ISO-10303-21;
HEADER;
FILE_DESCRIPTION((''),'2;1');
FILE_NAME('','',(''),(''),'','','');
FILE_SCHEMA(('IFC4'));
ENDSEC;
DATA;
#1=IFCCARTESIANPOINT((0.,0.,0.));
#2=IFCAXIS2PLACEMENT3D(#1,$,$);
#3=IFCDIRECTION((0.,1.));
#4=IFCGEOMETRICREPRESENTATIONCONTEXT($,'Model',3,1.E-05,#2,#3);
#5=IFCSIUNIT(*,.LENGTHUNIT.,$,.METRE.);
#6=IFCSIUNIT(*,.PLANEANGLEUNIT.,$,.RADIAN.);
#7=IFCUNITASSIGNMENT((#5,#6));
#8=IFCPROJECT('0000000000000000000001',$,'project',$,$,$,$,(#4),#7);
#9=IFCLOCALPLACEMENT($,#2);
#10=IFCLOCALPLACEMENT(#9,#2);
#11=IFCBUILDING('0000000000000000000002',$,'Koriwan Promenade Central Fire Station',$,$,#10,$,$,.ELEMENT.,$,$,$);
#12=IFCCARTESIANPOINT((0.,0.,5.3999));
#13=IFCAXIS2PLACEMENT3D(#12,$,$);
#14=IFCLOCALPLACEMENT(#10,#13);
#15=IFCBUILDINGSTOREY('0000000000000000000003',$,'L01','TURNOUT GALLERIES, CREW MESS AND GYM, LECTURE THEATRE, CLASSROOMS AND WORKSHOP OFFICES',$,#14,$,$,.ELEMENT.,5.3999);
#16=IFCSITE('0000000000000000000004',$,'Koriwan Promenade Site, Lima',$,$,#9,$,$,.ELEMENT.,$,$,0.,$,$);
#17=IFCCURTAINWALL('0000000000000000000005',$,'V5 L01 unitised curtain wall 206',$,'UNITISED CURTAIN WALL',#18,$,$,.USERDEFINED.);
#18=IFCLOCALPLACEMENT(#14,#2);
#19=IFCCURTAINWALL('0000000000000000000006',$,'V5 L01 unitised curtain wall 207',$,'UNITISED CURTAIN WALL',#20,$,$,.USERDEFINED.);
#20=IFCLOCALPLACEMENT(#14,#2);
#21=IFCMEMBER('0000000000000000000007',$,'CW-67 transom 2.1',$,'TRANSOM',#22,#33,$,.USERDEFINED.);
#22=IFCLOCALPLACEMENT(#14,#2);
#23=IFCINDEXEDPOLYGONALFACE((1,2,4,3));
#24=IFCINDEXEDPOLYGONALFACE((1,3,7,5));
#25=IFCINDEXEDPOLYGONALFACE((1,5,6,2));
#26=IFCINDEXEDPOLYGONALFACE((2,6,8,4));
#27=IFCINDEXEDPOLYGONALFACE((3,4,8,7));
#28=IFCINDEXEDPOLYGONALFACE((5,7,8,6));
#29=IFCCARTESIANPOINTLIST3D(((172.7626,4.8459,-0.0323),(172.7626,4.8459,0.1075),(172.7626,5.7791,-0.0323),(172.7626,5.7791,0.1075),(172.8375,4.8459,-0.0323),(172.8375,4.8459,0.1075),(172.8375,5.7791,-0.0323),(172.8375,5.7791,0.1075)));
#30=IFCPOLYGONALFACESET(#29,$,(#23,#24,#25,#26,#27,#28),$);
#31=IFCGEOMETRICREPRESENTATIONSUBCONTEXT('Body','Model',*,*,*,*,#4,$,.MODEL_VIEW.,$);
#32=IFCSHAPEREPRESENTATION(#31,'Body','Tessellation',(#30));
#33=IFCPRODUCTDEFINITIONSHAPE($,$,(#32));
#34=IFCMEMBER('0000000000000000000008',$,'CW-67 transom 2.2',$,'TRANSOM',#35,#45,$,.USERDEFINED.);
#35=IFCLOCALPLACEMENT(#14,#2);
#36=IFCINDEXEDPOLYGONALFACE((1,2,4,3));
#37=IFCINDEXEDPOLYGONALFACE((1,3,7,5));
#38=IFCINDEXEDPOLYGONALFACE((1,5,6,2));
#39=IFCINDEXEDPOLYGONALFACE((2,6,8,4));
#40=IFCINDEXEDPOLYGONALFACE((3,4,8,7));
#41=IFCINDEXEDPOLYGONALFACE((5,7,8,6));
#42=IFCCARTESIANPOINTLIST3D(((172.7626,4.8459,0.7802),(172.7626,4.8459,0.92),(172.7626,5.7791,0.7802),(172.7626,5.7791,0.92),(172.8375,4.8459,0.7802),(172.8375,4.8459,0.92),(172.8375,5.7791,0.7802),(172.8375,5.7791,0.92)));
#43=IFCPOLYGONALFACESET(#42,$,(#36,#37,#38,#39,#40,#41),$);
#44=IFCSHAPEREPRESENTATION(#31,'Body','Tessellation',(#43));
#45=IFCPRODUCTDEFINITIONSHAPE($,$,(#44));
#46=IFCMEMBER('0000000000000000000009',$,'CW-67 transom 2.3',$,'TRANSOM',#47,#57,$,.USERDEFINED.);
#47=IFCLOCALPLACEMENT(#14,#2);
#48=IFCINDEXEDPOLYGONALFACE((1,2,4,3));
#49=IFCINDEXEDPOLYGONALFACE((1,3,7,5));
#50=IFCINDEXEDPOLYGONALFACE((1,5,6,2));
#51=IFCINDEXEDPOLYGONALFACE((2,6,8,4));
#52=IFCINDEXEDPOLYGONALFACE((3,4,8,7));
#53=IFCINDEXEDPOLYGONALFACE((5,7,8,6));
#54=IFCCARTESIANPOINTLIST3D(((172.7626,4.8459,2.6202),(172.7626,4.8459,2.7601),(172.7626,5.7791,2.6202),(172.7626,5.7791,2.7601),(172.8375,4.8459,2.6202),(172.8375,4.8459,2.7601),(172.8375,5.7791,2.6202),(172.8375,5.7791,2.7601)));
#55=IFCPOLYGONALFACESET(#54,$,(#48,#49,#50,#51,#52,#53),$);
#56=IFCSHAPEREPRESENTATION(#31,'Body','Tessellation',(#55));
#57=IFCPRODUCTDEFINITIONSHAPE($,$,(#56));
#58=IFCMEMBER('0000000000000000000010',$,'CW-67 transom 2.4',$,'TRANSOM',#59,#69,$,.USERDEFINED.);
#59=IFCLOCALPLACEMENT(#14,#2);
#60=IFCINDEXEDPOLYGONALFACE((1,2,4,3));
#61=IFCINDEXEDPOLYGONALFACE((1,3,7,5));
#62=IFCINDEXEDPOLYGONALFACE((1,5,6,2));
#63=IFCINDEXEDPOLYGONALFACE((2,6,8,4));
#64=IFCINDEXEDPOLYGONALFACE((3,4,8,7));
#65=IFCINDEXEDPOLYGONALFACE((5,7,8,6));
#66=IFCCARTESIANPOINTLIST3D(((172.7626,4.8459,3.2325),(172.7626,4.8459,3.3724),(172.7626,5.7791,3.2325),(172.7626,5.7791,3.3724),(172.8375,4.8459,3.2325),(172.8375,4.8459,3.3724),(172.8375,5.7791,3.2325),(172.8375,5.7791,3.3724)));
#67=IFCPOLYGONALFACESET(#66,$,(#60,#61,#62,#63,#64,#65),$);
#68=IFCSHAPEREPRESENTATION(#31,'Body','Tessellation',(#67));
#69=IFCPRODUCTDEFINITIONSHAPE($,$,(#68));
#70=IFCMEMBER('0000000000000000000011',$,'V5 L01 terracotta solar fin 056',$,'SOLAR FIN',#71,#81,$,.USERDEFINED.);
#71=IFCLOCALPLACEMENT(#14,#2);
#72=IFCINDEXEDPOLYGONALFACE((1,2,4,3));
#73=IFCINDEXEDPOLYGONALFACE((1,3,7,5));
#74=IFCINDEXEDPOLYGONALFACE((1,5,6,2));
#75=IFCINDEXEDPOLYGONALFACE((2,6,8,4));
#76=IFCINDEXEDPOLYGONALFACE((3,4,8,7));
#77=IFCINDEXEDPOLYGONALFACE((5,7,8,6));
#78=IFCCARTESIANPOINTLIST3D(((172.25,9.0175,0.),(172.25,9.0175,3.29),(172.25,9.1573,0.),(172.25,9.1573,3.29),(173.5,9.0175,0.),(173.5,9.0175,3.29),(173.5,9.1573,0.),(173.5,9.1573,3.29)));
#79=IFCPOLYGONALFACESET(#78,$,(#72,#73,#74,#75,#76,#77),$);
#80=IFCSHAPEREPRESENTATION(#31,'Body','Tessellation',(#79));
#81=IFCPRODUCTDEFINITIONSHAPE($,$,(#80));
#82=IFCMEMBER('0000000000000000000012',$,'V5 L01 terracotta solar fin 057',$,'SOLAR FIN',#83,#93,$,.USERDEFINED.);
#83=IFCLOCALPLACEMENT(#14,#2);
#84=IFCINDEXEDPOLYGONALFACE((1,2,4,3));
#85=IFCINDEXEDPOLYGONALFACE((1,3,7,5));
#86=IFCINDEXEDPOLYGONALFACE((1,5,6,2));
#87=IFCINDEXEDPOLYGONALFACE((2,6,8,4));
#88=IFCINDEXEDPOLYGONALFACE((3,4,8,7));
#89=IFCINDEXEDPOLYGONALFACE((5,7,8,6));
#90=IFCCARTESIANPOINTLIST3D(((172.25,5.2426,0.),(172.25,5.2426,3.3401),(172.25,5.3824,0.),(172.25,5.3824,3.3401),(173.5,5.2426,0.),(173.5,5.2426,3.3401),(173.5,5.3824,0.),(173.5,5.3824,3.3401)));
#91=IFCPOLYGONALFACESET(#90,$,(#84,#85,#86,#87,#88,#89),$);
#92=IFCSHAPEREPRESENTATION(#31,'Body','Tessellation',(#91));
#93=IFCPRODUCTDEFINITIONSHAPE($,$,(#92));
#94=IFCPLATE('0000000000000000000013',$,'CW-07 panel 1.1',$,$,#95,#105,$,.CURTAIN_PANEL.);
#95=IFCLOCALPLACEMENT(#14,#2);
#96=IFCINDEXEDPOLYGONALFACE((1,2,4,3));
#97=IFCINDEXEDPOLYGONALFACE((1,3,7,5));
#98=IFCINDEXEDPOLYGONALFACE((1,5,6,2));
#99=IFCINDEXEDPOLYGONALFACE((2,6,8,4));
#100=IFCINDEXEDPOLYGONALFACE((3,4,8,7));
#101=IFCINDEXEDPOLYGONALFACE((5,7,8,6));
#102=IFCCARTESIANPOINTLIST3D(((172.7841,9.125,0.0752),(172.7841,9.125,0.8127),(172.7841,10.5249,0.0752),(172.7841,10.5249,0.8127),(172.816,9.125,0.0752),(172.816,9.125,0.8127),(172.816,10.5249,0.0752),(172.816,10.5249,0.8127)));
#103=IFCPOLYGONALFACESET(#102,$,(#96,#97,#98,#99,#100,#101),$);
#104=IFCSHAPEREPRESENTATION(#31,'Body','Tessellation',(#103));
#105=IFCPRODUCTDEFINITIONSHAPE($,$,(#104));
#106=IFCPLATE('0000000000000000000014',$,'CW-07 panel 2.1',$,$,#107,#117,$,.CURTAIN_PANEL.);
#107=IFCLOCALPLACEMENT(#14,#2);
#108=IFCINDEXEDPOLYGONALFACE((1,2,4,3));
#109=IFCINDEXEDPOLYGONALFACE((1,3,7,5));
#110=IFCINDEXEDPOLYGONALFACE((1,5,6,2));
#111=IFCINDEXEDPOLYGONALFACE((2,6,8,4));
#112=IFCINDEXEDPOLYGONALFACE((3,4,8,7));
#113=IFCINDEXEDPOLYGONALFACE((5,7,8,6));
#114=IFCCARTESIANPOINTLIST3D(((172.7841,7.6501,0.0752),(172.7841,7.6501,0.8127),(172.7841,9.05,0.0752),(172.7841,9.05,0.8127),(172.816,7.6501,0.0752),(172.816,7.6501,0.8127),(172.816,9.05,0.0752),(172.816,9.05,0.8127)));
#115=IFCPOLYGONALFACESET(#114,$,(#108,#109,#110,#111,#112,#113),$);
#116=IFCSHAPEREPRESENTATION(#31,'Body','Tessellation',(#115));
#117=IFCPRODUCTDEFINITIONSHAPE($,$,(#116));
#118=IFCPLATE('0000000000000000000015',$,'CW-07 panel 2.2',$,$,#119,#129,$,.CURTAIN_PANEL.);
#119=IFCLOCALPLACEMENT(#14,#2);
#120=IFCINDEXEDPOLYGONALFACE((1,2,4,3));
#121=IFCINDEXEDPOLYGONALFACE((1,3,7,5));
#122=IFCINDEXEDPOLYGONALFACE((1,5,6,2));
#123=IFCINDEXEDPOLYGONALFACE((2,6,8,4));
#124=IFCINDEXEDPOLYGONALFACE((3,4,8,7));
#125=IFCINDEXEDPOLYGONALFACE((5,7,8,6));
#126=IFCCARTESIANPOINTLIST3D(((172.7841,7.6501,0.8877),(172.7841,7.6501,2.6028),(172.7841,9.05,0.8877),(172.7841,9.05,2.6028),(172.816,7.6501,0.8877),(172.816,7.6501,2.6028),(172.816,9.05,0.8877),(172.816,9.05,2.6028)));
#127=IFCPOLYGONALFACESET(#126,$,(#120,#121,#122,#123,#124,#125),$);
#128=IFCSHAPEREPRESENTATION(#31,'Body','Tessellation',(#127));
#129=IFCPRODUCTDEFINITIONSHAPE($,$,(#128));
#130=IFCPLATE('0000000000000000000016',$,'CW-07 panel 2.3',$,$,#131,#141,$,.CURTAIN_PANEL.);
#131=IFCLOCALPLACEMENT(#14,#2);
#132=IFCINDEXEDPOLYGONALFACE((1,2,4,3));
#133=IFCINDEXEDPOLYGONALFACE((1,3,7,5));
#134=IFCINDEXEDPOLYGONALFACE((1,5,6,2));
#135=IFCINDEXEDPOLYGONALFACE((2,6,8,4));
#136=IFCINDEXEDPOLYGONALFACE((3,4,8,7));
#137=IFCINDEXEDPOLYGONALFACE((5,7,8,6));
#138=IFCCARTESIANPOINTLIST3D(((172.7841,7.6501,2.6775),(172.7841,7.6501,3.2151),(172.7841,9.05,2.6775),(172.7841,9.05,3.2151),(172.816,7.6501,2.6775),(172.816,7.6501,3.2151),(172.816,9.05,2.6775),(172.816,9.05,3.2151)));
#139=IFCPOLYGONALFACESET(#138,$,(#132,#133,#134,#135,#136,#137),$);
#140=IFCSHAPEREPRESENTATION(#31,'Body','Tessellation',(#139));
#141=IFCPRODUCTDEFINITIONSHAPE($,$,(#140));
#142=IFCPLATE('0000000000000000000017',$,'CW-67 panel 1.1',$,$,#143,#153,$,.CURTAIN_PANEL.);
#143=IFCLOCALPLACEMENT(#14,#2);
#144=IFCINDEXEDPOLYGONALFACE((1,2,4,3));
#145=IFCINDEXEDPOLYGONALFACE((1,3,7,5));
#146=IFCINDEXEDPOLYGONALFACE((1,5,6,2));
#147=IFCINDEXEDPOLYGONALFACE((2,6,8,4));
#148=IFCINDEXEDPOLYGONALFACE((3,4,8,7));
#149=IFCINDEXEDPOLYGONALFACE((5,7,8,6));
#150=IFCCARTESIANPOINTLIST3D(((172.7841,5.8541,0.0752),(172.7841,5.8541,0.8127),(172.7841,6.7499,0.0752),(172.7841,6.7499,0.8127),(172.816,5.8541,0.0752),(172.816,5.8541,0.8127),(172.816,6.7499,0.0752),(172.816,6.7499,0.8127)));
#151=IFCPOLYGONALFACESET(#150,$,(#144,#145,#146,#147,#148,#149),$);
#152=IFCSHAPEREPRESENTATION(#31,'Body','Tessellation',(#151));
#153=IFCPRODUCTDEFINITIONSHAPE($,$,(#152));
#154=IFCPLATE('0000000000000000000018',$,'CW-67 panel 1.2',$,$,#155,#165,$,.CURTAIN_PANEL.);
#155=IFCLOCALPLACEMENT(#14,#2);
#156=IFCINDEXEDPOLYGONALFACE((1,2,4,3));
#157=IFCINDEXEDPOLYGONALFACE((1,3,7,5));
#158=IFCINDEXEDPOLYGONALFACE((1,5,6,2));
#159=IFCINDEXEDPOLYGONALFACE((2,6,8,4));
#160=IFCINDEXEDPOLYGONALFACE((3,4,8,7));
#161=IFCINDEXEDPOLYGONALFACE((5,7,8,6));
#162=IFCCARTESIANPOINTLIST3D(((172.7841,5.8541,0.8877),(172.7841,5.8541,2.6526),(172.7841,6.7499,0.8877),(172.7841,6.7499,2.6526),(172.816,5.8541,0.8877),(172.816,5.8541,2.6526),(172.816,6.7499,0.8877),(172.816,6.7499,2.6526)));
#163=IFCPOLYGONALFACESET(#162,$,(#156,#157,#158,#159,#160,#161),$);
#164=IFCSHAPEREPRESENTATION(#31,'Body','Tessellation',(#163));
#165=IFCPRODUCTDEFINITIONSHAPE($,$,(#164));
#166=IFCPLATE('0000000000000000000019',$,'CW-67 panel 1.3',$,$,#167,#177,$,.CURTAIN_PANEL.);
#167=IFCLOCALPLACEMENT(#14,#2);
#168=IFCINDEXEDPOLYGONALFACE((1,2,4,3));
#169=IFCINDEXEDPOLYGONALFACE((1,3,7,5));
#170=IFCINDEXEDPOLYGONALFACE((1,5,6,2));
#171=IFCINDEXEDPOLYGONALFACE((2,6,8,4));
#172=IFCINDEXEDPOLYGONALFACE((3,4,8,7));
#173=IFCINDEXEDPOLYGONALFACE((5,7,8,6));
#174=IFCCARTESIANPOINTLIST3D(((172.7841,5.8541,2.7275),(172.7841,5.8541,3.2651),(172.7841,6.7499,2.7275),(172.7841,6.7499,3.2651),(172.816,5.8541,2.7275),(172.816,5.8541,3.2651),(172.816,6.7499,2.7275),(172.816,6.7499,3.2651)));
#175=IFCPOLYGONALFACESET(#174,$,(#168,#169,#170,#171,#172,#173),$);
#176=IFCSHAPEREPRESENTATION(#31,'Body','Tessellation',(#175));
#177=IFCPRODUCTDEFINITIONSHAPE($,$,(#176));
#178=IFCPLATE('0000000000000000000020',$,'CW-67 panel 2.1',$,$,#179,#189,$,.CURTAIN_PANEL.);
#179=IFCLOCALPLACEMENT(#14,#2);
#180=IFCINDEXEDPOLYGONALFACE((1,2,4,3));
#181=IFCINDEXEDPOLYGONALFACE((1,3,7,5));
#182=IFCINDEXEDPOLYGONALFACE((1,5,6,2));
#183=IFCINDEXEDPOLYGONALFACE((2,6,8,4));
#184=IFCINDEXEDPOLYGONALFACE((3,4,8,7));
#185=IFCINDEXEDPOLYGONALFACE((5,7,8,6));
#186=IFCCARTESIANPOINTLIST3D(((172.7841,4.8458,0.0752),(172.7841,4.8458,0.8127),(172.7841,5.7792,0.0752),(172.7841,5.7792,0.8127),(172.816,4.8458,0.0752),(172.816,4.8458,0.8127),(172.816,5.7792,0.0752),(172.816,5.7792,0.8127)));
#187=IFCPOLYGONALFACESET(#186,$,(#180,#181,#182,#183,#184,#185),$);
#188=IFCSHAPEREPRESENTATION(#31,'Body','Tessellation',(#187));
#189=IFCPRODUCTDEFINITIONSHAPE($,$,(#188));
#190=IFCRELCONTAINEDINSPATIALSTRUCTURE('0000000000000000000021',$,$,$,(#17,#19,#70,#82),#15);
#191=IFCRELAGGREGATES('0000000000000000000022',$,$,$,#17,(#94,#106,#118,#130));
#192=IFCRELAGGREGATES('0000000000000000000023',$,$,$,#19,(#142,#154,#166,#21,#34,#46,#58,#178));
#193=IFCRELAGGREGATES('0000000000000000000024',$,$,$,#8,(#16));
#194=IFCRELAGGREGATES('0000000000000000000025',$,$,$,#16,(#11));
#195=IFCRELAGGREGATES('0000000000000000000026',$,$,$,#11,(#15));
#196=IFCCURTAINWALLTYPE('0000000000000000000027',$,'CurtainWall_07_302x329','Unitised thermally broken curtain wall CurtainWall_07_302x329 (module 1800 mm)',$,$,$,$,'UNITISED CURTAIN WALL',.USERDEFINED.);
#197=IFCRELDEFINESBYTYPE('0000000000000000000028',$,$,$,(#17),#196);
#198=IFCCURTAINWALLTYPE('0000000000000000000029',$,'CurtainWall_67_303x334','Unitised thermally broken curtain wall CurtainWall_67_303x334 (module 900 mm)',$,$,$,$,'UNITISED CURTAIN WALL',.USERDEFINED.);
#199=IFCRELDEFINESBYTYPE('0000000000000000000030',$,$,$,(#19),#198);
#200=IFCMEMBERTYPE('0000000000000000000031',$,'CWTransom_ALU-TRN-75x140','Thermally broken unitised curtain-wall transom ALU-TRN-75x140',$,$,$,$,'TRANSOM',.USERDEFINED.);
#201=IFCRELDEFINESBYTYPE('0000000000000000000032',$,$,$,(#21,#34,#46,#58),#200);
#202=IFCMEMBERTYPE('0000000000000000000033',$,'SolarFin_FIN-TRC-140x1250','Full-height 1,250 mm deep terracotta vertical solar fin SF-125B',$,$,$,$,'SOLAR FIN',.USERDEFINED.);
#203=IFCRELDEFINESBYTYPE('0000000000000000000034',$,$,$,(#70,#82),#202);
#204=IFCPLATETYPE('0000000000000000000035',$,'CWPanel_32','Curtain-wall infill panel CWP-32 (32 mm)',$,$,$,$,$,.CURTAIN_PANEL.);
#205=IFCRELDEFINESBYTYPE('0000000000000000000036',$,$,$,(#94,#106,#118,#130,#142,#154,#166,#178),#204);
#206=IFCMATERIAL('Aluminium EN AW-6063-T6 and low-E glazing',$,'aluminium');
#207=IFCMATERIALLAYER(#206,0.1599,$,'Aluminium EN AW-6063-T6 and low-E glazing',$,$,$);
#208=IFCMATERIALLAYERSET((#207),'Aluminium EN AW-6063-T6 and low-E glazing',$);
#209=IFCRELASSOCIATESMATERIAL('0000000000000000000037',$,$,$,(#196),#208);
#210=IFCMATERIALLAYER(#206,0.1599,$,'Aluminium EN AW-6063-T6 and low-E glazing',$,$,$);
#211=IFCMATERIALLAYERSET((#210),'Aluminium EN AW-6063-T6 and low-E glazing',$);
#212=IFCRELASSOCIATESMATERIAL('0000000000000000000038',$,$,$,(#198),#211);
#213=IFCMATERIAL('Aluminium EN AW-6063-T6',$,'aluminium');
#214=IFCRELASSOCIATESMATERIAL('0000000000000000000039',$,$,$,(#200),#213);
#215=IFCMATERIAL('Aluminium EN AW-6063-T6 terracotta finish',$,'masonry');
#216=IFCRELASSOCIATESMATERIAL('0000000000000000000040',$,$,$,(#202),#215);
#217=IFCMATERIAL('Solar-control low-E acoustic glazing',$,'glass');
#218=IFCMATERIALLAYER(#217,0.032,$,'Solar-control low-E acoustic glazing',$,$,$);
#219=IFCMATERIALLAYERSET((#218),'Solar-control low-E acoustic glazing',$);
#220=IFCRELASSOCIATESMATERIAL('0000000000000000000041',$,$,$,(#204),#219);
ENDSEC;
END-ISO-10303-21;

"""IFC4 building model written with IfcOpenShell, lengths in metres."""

from ifc_helpers import new_model, si_unit, direction, frame, origin, origin_2d, place, context, subcontext, project, spatial, rectangle, extrude, material, layer, layer_set, material_profile, profile_set, type_object, element, aggregate, save


model = new_model("IFC4")

# Units and contexts
model_context = context("Model", 3, precision=1e-05, world=origin(), true_north=direction((0.0, 1.0)))
body_context = subcontext(model_context, "Body", "Model", "MODEL_VIEW")
ifc_project = project(units=[si_unit("LENGTHUNIT", "METRE"), si_unit("PLANEANGLEUNIT", "RADIAN")], contexts=[model_context])

# Site, building, storey
site_placement = place(None, origin())
site = spatial("IfcSite", under=ifc_project, at=site_placement, Name="Koriwan Promenade Site, Lima", CompositionType="ELEMENT", RefElevation=0.0)
building_placement = place(site_placement, origin())
building = spatial("IfcBuilding", under=site, at=building_placement, Name="Koriwan Promenade Central Fire Station", CompositionType="ELEMENT")
storey_placement = place(building_placement, frame((0.0, 0.0, 5.3999)))
storey = spatial("IfcBuildingStorey", under=building, at=storey_placement, Name="L01", Description="TURNOUT GALLERIES, CREW MESS AND GYM, LECTURE THEATRE, CLASSROOMS AND WORKSHOP OFFICES", CompositionType="ELEMENT", Elevation=5.3999)

# Curtain walls
ifc_material_1 = material(Name="Aluminium EN AW-6063-T6 and low-E glazing", Category="aluminium")
ifc_layer_1 = layer(ifc_material_1, 0.1599, Name="Aluminium EN AW-6063-T6 and low-E glazing")
ifc_layer_set_1 = layer_set([ifc_layer_1], Name="Aluminium EN AW-6063-T6 and low-E glazing")
curtain_wall_type_1 = type_object("IfcCurtainWallType", Name="CurtainWall_07_302x329", Description="Unitised thermally broken curtain wall CurtainWall_07_302x329 (module 1800 mm)", ElementType="UNITISED CURTAIN WALL", PredefinedType="USERDEFINED", material=ifc_layer_set_1)
curtain_wall_1_placement = place(storey_placement, origin())
curtain_wall_1 = element("IfcCurtainWall", 1, at=curtain_wall_1_placement, inside=storey, type_object=curtain_wall_type_1, Name="V5 L01 unitised curtain wall 206", ObjectType="UNITISED CURTAIN WALL", PredefinedType="USERDEFINED")
ifc_material_2 = material(Name="Aluminium EN AW-6063-T6", Category="aluminium")
ifc_layer_2 = layer(ifc_material_1, 0.1599, Name="Aluminium EN AW-6063-T6 and low-E glazing")
ifc_layer_set_2 = layer_set([ifc_layer_2], Name="Aluminium EN AW-6063-T6 and low-E glazing")
curtain_wall_type_2 = type_object("IfcCurtainWallType", Name="CurtainWall_67_303x334", Description="Unitised thermally broken curtain wall CurtainWall_67_303x334 (module 900 mm)", ElementType="UNITISED CURTAIN WALL", PredefinedType="USERDEFINED", material=ifc_layer_set_2)
curtain_wall_2_placement = place(storey_placement, origin())
curtain_wall_2 = element("IfcCurtainWall", 2, at=curtain_wall_2_placement, inside=storey, type_object=curtain_wall_type_2, Name="V5 L01 unitised curtain wall 207", ObjectType="UNITISED CURTAIN WALL", PredefinedType="USERDEFINED")

# Members
ifc_material_profile_1 = material_profile(ifc_material_2, rectangle(XDim=0.075, YDim=0.1399, at=origin_2d()), Name="ALU-TRN-75x140")
ifc_profile_set_1 = profile_set([ifc_material_profile_1], Name="Aluminium EN AW-6063-T6")
member_type_1 = type_object("IfcMemberType", Name="CWTransom_ALU-TRN-75x140", Description="Thermally broken unitised curtain-wall transom ALU-TRN-75x140", ElementType="TRANSOM", PredefinedType="USERDEFINED", material=ifc_profile_set_1)
member_1_placement = place(storey_placement, frame((172.8, 5.7791, 0.0376), z_axis=(0.0, -1.0, 0.0), x_axis=(1.0, 0.0, 0.0)))
member_1 = element("IfcMember", 3, at=member_1_placement, type_object=member_type_1, Name="CW-67 transom 2.1", ObjectType="TRANSOM", PredefinedType="USERDEFINED", context=body_context, shape_type="SweptSolid", body=[
    extrude(rectangle(XDim=0.075, YDim=0.1399, at=origin_2d()), origin(), (0.0, 0.0, 1.0), 0.9331),
])
member_2_placement = place(storey_placement, frame((172.8, 5.7791, 0.8501), z_axis=(0.0, -1.0, 0.0), x_axis=(1.0, 0.0, 0.0)))
member_2 = element("IfcMember", 4, at=member_2_placement, type_object=member_type_1, Name="CW-67 transom 2.2", ObjectType="TRANSOM", PredefinedType="USERDEFINED", context=body_context, shape_type="SweptSolid", body=[
    extrude(rectangle(XDim=0.075, YDim=0.1399, at=origin_2d()), origin(), (0.0, 0.0, 1.0), 0.9331),
])
member_3_placement = place(storey_placement, frame((172.8, 5.7791, 2.6902), z_axis=(0.0, -1.0, 0.0), x_axis=(1.0, 0.0, 0.0)))
member_3 = element("IfcMember", 5, at=member_3_placement, type_object=member_type_1, Name="CW-67 transom 2.3", ObjectType="TRANSOM", PredefinedType="USERDEFINED", context=body_context, shape_type="SweptSolid", body=[
    extrude(rectangle(XDim=0.075, YDim=0.1399, at=origin_2d()), origin(), (0.0, 0.0, 1.0), 0.9331),
])
member_4_placement = place(storey_placement, frame((172.8, 5.7791, 3.3025), z_axis=(0.0, -1.0, 0.0), x_axis=(1.0, 0.0, 0.0)))
member_4 = element("IfcMember", 6, at=member_4_placement, type_object=member_type_1, Name="CW-67 transom 2.4", ObjectType="TRANSOM", PredefinedType="USERDEFINED", context=body_context, shape_type="SweptSolid", body=[
    extrude(rectangle(XDim=0.075, YDim=0.1399, at=origin_2d()), origin(), (0.0, 0.0, 1.0), 0.9331),
])

# Members
ifc_material_3 = material(Name="Aluminium EN AW-6063-T6 terracotta finish", Category="masonry")
ifc_material_profile_2 = material_profile(ifc_material_3, rectangle(XDim=0.1399, YDim=1.25, at=origin_2d()), Name="FIN-TRC-140x1250")
ifc_profile_set_2 = profile_set([ifc_material_profile_2], Name="Aluminium EN AW-6063-T6 terracotta finish")
member_type_2 = type_object("IfcMemberType", Name="SolarFin_FIN-TRC-140x1250", Description="Full-height 1,250 mm deep terracotta vertical solar fin SF-125B", ElementType="SOLAR FIN", PredefinedType="USERDEFINED", material=ifc_profile_set_2)
member_5_placement = place(storey_placement, frame((172.875, 9.0874, 0.0), z_axis=(0.0, 0.0, 1.0), x_axis=(0.0, -1.0, 0.0)))
element("IfcMember", 7, at=member_5_placement, inside=storey, type_object=member_type_2, Name="V5 L01 terracotta solar fin 056", ObjectType="SOLAR FIN", PredefinedType="USERDEFINED", context=body_context, shape_type="SweptSolid", body=[
    extrude(rectangle(XDim=0.1399, YDim=1.25, at=origin_2d()), origin(), (0.0, 0.0, 1.0), 3.29),
])
member_6_placement = place(storey_placement, frame((172.875, 5.3125, 0.0), z_axis=(0.0, 0.0, 1.0), x_axis=(0.0, -1.0, 0.0)))
element("IfcMember", 8, at=member_6_placement, inside=storey, type_object=member_type_2, Name="V5 L01 terracotta solar fin 057", ObjectType="SOLAR FIN", PredefinedType="USERDEFINED", context=body_context, shape_type="SweptSolid", body=[
    extrude(rectangle(XDim=0.1399, YDim=1.25, at=origin_2d()), origin(), (0.0, 0.0, 1.0), 3.3401),
])

# Plates
ifc_material_4 = material(Name="Solar-control low-E acoustic glazing", Category="glass")
ifc_layer_3 = layer(ifc_material_4, 0.032, Name="Solar-control low-E acoustic glazing")
ifc_layer_set_3 = layer_set([ifc_layer_3], Name="Solar-control low-E acoustic glazing")
plate_type = type_object("IfcPlateType", Name="CWPanel_32", Description="Curtain-wall infill panel CWP-32 (32 mm)", PredefinedType="CURTAIN_PANEL", material=ifc_layer_set_3)
plate_1_placement = place(storey_placement, frame((172.8, 9.825, 0.0752), z_axis=(0.0, 0.0, 1.0), x_axis=(0.0, -1.0, 0.0)))
plate_1 = element("IfcPlate", 9, at=plate_1_placement, type_object=plate_type, Name="CW-07 panel 1.1", PredefinedType="CURTAIN_PANEL", context=body_context, shape_type="SweptSolid", body=[
    extrude(rectangle(XDim=1.3999, YDim=0.032, at=origin_2d()), origin(), (0.0, 0.0, 1.0), 0.7375),
])
plate_2_placement = place(storey_placement, frame((172.8, 8.3501, 0.0752), z_axis=(0.0, 0.0, 1.0), x_axis=(0.0, -1.0, 0.0)))
plate_2 = element("IfcPlate", 10, at=plate_2_placement, type_object=plate_type, Name="CW-07 panel 2.1", PredefinedType="CURTAIN_PANEL", context=body_context, shape_type="SweptSolid", body=[
    extrude(rectangle(XDim=1.3999, YDim=0.032, at=origin_2d()), origin(), (0.0, 0.0, 1.0), 0.7375),
])
plate_3_placement = place(storey_placement, frame((172.8, 8.3501, 0.8877), z_axis=(0.0, 0.0, 1.0), x_axis=(0.0, -1.0, 0.0)))
plate_3 = element("IfcPlate", 11, at=plate_3_placement, type_object=plate_type, Name="CW-07 panel 2.2", PredefinedType="CURTAIN_PANEL", context=body_context, shape_type="SweptSolid", body=[
    extrude(rectangle(XDim=1.3999, YDim=0.032, at=origin_2d()), origin(), (0.0, 0.0, 1.0), 1.7151),
])
plate_4_placement = place(storey_placement, frame((172.8, 8.3501, 2.6775), z_axis=(0.0, 0.0, 1.0), x_axis=(0.0, -1.0, 0.0)))
plate_4 = element("IfcPlate", 12, at=plate_4_placement, type_object=plate_type, Name="CW-07 panel 2.3", PredefinedType="CURTAIN_PANEL", context=body_context, shape_type="SweptSolid", body=[
    extrude(rectangle(XDim=1.3999, YDim=0.032, at=origin_2d()), origin(), (0.0, 0.0, 1.0), 0.5376),
])
aggregate(curtain_wall_1, [plate_1, plate_2, plate_3, plate_4])
plate_5_placement = place(storey_placement, frame((172.8, 6.302, 0.0752), z_axis=(0.0, 0.0, 1.0), x_axis=(0.0, -1.0, 0.0)))
plate_5 = element("IfcPlate", 13, at=plate_5_placement, type_object=plate_type, Name="CW-67 panel 1.1", PredefinedType="CURTAIN_PANEL", context=body_context, shape_type="SweptSolid", body=[
    extrude(rectangle(XDim=0.8958, YDim=0.032, at=origin_2d()), origin(), (0.0, 0.0, 1.0), 0.7375),
])
plate_6_placement = place(storey_placement, frame((172.8, 6.302, 0.8877), z_axis=(0.0, 0.0, 1.0), x_axis=(0.0, -1.0, 0.0)))
plate_6 = element("IfcPlate", 14, at=plate_6_placement, type_object=plate_type, Name="CW-67 panel 1.2", PredefinedType="CURTAIN_PANEL", context=body_context, shape_type="SweptSolid", body=[
    extrude(rectangle(XDim=0.8958, YDim=0.032, at=origin_2d()), origin(), (0.0, 0.0, 1.0), 1.7649),
])
plate_7_placement = place(storey_placement, frame((172.8, 6.302, 2.7275), z_axis=(0.0, 0.0, 1.0), x_axis=(0.0, -1.0, 0.0)))
plate_7 = element("IfcPlate", 15, at=plate_7_placement, type_object=plate_type, Name="CW-67 panel 1.3", PredefinedType="CURTAIN_PANEL", context=body_context, shape_type="SweptSolid", body=[
    extrude(rectangle(XDim=0.8958, YDim=0.032, at=origin_2d()), origin(), (0.0, 0.0, 1.0), 0.5376),
])
plate_8_placement = place(storey_placement, frame((172.8, 5.3125, 0.0752), z_axis=(0.0, 0.0, 1.0), x_axis=(0.0, -1.0, 0.0)))
plate_8 = element("IfcPlate", 16, at=plate_8_placement, type_object=plate_type, Name="CW-67 panel 2.1", PredefinedType="CURTAIN_PANEL", context=body_context, shape_type="SweptSolid", body=[
    extrude(rectangle(XDim=0.9333, YDim=0.032, at=origin_2d()), origin(), (0.0, 0.0, 1.0), 0.7375),
])
aggregate(curtain_wall_2, [plate_5, plate_6, plate_7, member_1, member_2, member_3, member_4, plate_8])

save(model, "model.ifc")
